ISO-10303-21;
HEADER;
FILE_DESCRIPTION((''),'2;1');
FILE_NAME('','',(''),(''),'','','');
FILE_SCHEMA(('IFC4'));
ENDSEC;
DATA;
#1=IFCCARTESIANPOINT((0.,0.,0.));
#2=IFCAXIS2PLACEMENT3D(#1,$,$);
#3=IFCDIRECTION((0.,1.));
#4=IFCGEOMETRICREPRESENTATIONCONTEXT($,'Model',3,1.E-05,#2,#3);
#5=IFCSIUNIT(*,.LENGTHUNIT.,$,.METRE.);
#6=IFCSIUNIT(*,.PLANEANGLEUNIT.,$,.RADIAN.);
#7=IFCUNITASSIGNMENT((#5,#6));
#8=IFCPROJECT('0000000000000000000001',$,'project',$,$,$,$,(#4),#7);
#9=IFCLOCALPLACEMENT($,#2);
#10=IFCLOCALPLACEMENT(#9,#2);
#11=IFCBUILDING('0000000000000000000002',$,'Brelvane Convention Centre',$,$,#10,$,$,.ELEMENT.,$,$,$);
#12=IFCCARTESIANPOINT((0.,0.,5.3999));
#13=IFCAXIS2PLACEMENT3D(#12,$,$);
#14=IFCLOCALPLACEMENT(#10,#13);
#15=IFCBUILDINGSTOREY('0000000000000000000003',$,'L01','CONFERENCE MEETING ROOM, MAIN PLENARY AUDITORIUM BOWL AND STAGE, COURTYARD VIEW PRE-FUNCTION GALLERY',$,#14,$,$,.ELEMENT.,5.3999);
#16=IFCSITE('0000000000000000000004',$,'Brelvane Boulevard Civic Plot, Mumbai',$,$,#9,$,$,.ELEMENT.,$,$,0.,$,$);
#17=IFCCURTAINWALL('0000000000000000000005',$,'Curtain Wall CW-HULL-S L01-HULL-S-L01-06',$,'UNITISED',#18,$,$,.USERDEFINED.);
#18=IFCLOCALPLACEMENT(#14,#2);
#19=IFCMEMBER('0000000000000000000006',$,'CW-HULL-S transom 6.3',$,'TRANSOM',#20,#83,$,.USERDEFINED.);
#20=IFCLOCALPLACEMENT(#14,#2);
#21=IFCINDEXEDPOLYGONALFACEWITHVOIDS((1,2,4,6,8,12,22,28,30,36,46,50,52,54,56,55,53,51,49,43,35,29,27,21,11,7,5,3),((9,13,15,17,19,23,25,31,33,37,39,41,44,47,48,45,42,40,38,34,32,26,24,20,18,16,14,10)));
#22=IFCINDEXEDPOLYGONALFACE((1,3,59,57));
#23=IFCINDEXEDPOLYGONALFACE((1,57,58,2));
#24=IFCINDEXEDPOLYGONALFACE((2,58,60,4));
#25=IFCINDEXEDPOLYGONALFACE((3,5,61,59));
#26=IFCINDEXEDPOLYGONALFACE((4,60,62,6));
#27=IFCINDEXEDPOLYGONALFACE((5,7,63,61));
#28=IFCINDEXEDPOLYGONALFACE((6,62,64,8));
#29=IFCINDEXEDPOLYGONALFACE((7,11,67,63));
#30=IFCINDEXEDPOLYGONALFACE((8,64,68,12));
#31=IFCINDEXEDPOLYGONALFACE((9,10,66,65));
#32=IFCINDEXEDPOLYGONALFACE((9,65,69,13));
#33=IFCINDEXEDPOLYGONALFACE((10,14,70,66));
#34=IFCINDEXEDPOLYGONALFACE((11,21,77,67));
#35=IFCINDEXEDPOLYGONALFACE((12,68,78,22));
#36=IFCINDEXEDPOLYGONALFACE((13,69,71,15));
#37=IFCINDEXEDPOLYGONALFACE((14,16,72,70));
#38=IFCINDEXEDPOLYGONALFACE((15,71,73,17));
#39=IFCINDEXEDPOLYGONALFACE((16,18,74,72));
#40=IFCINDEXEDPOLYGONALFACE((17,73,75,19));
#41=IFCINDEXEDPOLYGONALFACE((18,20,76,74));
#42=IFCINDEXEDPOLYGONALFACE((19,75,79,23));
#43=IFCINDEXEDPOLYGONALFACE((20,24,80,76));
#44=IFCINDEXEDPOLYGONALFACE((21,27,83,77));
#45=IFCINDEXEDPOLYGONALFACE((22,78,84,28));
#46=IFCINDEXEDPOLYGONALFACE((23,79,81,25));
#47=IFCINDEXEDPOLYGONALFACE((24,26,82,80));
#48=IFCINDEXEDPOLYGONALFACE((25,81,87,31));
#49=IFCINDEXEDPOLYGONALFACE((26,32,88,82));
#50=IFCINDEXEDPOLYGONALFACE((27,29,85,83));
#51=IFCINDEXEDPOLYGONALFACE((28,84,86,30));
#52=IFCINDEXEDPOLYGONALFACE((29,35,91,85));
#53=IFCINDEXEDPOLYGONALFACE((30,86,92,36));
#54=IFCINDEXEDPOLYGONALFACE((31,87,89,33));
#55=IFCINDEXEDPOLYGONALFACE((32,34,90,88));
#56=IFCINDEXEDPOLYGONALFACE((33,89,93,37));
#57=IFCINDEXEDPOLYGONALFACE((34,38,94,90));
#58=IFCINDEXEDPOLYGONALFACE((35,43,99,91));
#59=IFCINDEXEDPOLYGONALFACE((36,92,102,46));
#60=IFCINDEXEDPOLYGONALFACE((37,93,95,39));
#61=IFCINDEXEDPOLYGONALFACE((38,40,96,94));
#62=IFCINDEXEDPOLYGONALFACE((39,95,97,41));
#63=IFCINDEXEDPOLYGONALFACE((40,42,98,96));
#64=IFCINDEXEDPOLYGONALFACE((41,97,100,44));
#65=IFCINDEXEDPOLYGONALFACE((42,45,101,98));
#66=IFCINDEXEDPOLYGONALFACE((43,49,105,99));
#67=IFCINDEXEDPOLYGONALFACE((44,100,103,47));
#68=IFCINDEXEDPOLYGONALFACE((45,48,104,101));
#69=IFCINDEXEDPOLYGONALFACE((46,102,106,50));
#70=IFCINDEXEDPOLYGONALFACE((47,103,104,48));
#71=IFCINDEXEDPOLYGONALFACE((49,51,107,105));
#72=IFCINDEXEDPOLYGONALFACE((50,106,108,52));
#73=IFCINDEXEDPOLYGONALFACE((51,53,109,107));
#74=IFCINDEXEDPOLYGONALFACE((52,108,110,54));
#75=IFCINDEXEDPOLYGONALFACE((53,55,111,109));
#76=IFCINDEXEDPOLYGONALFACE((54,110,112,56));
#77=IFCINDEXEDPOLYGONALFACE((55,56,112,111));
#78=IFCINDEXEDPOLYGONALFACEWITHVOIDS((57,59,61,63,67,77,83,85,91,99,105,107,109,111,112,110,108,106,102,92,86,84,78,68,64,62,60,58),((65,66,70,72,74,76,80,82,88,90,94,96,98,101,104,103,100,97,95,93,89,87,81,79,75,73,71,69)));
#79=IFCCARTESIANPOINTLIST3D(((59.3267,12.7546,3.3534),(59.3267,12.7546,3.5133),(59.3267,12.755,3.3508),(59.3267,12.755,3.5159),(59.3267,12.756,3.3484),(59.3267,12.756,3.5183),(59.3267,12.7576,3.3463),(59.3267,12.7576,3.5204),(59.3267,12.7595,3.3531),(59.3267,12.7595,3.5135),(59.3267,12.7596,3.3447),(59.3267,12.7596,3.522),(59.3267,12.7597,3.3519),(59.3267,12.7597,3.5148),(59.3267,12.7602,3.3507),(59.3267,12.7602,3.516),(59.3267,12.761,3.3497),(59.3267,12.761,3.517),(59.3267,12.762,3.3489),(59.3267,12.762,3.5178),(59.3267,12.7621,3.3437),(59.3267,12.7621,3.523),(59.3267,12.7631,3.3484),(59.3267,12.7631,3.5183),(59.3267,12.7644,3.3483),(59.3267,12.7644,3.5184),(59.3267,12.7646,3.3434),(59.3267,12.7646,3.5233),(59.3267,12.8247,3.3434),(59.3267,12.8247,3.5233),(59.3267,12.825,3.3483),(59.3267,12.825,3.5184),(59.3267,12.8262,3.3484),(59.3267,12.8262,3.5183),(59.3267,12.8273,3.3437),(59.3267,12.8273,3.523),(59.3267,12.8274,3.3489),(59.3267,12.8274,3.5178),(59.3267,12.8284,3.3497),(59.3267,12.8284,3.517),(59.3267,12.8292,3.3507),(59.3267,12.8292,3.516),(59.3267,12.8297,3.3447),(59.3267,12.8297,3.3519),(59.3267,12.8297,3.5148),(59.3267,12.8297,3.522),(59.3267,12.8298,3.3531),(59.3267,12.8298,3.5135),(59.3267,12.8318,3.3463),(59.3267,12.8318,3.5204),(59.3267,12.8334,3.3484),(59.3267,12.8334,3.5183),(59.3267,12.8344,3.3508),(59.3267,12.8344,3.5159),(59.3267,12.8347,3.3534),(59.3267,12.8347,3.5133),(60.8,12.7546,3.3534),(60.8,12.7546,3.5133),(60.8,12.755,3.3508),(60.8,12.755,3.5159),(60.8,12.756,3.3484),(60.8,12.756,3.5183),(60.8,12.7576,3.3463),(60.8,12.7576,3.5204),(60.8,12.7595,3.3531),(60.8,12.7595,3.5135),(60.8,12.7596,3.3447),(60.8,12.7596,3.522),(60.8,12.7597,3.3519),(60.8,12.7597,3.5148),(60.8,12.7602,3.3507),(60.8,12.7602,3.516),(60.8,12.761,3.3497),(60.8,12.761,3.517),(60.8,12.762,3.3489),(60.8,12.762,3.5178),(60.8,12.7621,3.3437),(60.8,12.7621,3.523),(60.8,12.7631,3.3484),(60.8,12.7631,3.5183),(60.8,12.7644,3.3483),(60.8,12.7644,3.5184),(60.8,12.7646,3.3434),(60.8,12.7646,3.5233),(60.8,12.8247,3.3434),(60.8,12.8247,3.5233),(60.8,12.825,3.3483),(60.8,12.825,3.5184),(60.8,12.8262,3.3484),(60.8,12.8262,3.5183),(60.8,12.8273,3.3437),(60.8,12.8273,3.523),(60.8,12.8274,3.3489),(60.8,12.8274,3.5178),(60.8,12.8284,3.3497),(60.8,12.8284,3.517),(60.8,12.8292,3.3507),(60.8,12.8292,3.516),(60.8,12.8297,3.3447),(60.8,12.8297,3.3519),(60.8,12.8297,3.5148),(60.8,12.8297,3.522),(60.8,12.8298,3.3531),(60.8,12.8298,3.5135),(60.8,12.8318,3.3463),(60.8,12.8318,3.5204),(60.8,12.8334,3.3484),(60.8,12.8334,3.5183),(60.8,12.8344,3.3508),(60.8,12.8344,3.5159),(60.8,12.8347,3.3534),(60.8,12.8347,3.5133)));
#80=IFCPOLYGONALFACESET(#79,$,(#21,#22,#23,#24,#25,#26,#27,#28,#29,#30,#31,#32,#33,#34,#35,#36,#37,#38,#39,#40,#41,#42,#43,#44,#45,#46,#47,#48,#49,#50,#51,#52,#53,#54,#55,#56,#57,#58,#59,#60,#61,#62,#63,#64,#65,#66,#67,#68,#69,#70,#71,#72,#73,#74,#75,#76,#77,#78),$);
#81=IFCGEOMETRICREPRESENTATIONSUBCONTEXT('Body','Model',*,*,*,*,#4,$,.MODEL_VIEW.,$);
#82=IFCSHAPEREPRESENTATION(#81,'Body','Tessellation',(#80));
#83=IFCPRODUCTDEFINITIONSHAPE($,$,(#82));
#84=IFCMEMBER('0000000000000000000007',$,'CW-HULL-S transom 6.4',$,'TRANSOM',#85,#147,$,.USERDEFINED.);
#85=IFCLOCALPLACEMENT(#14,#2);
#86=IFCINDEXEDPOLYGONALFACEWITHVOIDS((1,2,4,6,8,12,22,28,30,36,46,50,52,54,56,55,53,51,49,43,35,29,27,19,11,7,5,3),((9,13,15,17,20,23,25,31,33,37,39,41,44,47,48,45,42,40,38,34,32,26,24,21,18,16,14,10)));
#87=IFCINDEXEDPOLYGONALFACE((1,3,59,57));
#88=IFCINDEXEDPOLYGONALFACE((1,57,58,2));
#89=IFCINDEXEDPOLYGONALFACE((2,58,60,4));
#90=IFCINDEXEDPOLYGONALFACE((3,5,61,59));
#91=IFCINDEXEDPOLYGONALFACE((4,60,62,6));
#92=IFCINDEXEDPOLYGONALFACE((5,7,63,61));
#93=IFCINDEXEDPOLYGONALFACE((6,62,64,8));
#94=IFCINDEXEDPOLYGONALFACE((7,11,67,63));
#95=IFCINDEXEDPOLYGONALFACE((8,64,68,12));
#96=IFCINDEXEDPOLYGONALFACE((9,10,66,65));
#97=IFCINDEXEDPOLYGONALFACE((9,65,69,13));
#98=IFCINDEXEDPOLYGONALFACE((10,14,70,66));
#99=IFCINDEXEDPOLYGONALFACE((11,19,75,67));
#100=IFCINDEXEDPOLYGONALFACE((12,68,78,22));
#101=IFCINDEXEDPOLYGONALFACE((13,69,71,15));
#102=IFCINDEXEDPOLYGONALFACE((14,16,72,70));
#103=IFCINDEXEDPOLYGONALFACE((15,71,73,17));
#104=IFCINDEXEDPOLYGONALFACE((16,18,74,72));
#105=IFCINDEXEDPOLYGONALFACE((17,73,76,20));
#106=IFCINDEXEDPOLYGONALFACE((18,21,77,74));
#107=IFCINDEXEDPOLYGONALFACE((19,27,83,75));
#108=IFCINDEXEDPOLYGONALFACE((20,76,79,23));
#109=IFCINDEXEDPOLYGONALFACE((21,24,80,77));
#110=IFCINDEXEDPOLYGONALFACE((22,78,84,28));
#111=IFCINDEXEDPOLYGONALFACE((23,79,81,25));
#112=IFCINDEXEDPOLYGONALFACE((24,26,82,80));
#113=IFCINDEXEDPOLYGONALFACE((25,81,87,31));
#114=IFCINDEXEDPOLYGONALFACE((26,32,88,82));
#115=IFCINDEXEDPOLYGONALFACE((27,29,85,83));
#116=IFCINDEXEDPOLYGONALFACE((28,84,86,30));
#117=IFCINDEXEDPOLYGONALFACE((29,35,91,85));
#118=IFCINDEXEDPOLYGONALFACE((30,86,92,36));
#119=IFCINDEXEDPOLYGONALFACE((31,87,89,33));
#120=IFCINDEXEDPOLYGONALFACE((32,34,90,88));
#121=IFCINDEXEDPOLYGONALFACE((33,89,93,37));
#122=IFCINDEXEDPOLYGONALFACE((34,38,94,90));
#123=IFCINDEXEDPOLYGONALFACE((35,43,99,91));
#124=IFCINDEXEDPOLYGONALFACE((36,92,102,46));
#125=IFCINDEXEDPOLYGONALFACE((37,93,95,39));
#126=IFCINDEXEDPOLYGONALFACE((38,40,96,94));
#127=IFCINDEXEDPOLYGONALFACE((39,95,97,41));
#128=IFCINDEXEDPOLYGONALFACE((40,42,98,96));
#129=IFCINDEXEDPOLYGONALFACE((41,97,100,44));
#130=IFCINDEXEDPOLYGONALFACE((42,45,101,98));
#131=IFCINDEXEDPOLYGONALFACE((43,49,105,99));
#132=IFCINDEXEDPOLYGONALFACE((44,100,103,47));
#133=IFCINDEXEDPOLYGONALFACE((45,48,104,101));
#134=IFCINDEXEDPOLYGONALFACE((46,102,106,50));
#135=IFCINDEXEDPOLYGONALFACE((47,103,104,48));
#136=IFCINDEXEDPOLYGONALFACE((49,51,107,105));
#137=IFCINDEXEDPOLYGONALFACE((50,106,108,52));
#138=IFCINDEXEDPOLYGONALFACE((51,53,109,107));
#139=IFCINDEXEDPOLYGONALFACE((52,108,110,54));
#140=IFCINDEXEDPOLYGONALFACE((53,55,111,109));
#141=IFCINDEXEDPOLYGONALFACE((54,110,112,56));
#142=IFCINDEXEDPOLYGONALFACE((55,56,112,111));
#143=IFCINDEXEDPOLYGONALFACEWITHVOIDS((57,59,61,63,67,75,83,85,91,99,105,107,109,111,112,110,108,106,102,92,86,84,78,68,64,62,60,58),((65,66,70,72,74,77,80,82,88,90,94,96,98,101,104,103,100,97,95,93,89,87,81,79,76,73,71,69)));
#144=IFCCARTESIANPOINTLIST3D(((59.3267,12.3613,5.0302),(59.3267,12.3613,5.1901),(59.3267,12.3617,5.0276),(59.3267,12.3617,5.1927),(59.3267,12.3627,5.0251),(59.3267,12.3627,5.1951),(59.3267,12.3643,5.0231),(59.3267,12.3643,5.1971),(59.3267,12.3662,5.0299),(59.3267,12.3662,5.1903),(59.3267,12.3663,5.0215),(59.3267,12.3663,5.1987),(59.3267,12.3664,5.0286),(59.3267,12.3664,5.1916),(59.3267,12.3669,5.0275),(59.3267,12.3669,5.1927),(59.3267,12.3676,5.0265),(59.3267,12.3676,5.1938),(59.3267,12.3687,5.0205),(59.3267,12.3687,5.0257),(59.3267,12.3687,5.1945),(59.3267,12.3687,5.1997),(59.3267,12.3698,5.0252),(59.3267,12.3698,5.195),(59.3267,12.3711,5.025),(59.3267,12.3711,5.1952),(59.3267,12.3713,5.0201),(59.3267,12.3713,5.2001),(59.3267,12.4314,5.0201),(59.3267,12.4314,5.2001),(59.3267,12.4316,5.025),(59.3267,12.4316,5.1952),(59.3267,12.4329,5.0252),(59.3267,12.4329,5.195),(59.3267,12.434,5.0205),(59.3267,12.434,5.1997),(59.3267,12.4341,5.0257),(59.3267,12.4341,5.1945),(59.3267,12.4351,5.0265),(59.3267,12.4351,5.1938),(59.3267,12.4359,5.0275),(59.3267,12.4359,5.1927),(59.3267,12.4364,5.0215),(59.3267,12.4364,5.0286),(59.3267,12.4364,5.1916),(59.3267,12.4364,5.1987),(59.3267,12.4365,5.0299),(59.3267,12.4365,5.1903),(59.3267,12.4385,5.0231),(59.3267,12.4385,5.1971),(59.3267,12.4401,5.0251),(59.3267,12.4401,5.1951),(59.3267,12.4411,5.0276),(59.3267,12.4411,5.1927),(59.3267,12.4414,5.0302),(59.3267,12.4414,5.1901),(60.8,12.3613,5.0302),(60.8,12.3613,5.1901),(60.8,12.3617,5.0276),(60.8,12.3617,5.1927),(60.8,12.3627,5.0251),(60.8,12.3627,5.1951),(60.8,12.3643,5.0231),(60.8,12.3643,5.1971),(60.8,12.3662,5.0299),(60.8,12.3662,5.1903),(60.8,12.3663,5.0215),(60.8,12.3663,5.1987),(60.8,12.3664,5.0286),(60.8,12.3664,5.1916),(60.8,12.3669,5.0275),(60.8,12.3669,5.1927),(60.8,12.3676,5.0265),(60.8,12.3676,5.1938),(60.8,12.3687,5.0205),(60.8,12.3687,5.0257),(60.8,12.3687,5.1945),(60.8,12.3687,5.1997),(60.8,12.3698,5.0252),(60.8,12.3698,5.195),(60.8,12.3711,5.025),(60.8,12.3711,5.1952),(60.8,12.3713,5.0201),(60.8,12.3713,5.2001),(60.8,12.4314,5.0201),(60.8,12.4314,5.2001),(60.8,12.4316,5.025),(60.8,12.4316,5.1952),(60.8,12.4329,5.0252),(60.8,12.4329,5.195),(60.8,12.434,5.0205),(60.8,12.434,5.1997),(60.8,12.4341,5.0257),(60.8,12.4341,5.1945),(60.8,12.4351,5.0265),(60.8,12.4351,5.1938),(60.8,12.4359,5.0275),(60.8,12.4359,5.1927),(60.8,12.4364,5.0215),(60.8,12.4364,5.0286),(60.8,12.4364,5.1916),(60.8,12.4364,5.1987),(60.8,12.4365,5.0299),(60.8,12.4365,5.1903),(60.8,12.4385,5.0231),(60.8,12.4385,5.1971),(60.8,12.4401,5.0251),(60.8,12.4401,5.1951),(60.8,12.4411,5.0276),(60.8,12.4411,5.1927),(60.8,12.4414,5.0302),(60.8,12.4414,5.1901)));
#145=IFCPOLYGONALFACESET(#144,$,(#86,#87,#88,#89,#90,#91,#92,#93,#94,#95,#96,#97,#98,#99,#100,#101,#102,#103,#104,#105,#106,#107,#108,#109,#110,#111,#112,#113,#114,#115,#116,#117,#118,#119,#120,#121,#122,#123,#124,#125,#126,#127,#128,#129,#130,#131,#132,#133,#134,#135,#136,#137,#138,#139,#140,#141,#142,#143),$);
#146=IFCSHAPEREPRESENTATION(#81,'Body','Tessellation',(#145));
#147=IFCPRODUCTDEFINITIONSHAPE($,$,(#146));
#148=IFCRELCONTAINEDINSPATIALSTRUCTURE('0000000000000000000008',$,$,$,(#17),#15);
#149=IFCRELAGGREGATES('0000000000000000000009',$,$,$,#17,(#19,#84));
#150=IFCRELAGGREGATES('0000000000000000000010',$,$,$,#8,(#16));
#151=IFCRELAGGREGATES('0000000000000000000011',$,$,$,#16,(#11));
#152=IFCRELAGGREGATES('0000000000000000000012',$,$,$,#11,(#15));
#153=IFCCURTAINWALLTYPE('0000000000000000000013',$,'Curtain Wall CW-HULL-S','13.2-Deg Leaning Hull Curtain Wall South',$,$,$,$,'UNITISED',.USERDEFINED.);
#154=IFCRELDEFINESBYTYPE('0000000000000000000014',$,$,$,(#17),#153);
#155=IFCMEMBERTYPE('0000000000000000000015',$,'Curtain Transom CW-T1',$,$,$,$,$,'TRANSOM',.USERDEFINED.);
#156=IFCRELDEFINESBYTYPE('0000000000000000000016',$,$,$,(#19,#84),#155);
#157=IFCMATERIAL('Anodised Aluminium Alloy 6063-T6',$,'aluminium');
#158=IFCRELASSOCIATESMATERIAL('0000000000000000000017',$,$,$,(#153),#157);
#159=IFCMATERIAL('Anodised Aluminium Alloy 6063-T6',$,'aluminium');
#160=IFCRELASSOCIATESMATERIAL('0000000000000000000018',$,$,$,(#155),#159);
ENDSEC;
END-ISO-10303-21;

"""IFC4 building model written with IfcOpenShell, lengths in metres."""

from ifc_helpers import new_model, si_unit, direction, frame, origin, origin_2d, place, context, subcontext, project, spatial, hollow_rectangle, extrude, material, material_profile, profile_set, type_object, element, aggregate, save


model = new_model("IFC4")

# Units and contexts
model_context = context("Model", 3, precision=1e-05, world=origin(), true_north=direction((0.0, 1.0)))
body_context = subcontext(model_context, "Body", "Model", "MODEL_VIEW")
ifc_project = project(units=[si_unit("LENGTHUNIT", "METRE"), si_unit("PLANEANGLEUNIT", "RADIAN")], contexts=[model_context])

# Site, building, storey
site_placement = place(None, origin())
site = spatial("IfcSite", under=ifc_project, at=site_placement, Name="Brelvane Boulevard Civic Plot, Mumbai", CompositionType="ELEMENT", RefElevation=0.0)
building_placement = place(site_placement, origin())
building = spatial("IfcBuilding", under=site, at=building_placement, Name="Brelvane Convention Centre", CompositionType="ELEMENT")
storey_placement = place(building_placement, frame((0.0, 0.0, 5.3999)))
storey = spatial("IfcBuildingStorey", under=building, at=storey_placement, Name="L01", Description="CONFERENCE MEETING ROOM, MAIN PLENARY AUDITORIUM BOWL AND STAGE, COURTYARD VIEW PRE-FUNCTION GALLERY", CompositionType="ELEMENT", Elevation=5.3999)

# Curtain wall, members
ifc_material_1 = material(Name="Anodised Aluminium Alloy 6063-T6", Category="aluminium")
curtain_wall_type = type_object("IfcCurtainWallType", Name="Curtain Wall CW-HULL-S", Description="13.2-Deg Leaning Hull Curtain Wall South", ElementType="UNITISED", PredefinedType="USERDEFINED", material=ifc_material_1)
curtain_wall_1_placement = place(storey_placement, origin())
curtain_wall_1 = element("IfcCurtainWall", 1, at=curtain_wall_1_placement, inside=storey, type_object=curtain_wall_type, Name="Curtain Wall CW-HULL-S L01-HULL-S-L01-06", ObjectType="UNITISED", PredefinedType="USERDEFINED")
ifc_material_2 = material(Name="Anodised Aluminium Alloy 6063-T6", Category="aluminium")
ifc_material_profile = material_profile(ifc_material_2, hollow_rectangle(XDim=0.0801, YDim=0.1799, WallThickness=0.0049, InnerFilletRadius=0.0049, OuterFilletRadius=0.01, at=origin_2d()), Name="ALU-T 180x80x5.0")
ifc_profile_set = profile_set([ifc_material_profile], Name="Anodised Aluminium Alloy 6063-T6")
member_type = type_object("IfcMemberType", Name="Curtain Transom CW-T1", ElementType="TRANSOM", PredefinedType="USERDEFINED", material=ifc_profile_set)
member_1_placement = place(storey_placement, frame((59.3267, 12.7947, 3.4333), z_axis=(1.0, 0.0, 0.0), x_axis=(0.0, 1.0, 0.0)))
member_1 = element("IfcMember", 2, at=member_1_placement, type_object=member_type, Name="CW-HULL-S transom 6.3", ObjectType="TRANSOM", PredefinedType="USERDEFINED", context=body_context, shape_type="SweptSolid", body=[
    extrude(hollow_rectangle(XDim=0.0801, YDim=0.1799, WallThickness=0.0049, InnerFilletRadius=0.0049, OuterFilletRadius=0.01, at=origin_2d()), origin(), (0.0, 0.0, 1.0), 1.4734),
])
member_2_placement = place(storey_placement, frame((59.3267, 12.4014, 5.1101), z_axis=(1.0, 0.0, 0.0), x_axis=(0.0, 1.0, 0.0)))
member_2 = element("IfcMember", 3, at=member_2_placement, type_object=member_type, Name="CW-HULL-S transom 6.4", ObjectType="TRANSOM", PredefinedType="USERDEFINED", context=body_context, shape_type="SweptSolid", body=[
    extrude(hollow_rectangle(XDim=0.0801, YDim=0.1799, WallThickness=0.0049, InnerFilletRadius=0.0049, OuterFilletRadius=0.01, at=origin_2d()), origin(), (0.0, 0.0, 1.0), 1.4734),
])

aggregate(curtain_wall_1, [member_1, member_2])

save(model, "model.ifc")
